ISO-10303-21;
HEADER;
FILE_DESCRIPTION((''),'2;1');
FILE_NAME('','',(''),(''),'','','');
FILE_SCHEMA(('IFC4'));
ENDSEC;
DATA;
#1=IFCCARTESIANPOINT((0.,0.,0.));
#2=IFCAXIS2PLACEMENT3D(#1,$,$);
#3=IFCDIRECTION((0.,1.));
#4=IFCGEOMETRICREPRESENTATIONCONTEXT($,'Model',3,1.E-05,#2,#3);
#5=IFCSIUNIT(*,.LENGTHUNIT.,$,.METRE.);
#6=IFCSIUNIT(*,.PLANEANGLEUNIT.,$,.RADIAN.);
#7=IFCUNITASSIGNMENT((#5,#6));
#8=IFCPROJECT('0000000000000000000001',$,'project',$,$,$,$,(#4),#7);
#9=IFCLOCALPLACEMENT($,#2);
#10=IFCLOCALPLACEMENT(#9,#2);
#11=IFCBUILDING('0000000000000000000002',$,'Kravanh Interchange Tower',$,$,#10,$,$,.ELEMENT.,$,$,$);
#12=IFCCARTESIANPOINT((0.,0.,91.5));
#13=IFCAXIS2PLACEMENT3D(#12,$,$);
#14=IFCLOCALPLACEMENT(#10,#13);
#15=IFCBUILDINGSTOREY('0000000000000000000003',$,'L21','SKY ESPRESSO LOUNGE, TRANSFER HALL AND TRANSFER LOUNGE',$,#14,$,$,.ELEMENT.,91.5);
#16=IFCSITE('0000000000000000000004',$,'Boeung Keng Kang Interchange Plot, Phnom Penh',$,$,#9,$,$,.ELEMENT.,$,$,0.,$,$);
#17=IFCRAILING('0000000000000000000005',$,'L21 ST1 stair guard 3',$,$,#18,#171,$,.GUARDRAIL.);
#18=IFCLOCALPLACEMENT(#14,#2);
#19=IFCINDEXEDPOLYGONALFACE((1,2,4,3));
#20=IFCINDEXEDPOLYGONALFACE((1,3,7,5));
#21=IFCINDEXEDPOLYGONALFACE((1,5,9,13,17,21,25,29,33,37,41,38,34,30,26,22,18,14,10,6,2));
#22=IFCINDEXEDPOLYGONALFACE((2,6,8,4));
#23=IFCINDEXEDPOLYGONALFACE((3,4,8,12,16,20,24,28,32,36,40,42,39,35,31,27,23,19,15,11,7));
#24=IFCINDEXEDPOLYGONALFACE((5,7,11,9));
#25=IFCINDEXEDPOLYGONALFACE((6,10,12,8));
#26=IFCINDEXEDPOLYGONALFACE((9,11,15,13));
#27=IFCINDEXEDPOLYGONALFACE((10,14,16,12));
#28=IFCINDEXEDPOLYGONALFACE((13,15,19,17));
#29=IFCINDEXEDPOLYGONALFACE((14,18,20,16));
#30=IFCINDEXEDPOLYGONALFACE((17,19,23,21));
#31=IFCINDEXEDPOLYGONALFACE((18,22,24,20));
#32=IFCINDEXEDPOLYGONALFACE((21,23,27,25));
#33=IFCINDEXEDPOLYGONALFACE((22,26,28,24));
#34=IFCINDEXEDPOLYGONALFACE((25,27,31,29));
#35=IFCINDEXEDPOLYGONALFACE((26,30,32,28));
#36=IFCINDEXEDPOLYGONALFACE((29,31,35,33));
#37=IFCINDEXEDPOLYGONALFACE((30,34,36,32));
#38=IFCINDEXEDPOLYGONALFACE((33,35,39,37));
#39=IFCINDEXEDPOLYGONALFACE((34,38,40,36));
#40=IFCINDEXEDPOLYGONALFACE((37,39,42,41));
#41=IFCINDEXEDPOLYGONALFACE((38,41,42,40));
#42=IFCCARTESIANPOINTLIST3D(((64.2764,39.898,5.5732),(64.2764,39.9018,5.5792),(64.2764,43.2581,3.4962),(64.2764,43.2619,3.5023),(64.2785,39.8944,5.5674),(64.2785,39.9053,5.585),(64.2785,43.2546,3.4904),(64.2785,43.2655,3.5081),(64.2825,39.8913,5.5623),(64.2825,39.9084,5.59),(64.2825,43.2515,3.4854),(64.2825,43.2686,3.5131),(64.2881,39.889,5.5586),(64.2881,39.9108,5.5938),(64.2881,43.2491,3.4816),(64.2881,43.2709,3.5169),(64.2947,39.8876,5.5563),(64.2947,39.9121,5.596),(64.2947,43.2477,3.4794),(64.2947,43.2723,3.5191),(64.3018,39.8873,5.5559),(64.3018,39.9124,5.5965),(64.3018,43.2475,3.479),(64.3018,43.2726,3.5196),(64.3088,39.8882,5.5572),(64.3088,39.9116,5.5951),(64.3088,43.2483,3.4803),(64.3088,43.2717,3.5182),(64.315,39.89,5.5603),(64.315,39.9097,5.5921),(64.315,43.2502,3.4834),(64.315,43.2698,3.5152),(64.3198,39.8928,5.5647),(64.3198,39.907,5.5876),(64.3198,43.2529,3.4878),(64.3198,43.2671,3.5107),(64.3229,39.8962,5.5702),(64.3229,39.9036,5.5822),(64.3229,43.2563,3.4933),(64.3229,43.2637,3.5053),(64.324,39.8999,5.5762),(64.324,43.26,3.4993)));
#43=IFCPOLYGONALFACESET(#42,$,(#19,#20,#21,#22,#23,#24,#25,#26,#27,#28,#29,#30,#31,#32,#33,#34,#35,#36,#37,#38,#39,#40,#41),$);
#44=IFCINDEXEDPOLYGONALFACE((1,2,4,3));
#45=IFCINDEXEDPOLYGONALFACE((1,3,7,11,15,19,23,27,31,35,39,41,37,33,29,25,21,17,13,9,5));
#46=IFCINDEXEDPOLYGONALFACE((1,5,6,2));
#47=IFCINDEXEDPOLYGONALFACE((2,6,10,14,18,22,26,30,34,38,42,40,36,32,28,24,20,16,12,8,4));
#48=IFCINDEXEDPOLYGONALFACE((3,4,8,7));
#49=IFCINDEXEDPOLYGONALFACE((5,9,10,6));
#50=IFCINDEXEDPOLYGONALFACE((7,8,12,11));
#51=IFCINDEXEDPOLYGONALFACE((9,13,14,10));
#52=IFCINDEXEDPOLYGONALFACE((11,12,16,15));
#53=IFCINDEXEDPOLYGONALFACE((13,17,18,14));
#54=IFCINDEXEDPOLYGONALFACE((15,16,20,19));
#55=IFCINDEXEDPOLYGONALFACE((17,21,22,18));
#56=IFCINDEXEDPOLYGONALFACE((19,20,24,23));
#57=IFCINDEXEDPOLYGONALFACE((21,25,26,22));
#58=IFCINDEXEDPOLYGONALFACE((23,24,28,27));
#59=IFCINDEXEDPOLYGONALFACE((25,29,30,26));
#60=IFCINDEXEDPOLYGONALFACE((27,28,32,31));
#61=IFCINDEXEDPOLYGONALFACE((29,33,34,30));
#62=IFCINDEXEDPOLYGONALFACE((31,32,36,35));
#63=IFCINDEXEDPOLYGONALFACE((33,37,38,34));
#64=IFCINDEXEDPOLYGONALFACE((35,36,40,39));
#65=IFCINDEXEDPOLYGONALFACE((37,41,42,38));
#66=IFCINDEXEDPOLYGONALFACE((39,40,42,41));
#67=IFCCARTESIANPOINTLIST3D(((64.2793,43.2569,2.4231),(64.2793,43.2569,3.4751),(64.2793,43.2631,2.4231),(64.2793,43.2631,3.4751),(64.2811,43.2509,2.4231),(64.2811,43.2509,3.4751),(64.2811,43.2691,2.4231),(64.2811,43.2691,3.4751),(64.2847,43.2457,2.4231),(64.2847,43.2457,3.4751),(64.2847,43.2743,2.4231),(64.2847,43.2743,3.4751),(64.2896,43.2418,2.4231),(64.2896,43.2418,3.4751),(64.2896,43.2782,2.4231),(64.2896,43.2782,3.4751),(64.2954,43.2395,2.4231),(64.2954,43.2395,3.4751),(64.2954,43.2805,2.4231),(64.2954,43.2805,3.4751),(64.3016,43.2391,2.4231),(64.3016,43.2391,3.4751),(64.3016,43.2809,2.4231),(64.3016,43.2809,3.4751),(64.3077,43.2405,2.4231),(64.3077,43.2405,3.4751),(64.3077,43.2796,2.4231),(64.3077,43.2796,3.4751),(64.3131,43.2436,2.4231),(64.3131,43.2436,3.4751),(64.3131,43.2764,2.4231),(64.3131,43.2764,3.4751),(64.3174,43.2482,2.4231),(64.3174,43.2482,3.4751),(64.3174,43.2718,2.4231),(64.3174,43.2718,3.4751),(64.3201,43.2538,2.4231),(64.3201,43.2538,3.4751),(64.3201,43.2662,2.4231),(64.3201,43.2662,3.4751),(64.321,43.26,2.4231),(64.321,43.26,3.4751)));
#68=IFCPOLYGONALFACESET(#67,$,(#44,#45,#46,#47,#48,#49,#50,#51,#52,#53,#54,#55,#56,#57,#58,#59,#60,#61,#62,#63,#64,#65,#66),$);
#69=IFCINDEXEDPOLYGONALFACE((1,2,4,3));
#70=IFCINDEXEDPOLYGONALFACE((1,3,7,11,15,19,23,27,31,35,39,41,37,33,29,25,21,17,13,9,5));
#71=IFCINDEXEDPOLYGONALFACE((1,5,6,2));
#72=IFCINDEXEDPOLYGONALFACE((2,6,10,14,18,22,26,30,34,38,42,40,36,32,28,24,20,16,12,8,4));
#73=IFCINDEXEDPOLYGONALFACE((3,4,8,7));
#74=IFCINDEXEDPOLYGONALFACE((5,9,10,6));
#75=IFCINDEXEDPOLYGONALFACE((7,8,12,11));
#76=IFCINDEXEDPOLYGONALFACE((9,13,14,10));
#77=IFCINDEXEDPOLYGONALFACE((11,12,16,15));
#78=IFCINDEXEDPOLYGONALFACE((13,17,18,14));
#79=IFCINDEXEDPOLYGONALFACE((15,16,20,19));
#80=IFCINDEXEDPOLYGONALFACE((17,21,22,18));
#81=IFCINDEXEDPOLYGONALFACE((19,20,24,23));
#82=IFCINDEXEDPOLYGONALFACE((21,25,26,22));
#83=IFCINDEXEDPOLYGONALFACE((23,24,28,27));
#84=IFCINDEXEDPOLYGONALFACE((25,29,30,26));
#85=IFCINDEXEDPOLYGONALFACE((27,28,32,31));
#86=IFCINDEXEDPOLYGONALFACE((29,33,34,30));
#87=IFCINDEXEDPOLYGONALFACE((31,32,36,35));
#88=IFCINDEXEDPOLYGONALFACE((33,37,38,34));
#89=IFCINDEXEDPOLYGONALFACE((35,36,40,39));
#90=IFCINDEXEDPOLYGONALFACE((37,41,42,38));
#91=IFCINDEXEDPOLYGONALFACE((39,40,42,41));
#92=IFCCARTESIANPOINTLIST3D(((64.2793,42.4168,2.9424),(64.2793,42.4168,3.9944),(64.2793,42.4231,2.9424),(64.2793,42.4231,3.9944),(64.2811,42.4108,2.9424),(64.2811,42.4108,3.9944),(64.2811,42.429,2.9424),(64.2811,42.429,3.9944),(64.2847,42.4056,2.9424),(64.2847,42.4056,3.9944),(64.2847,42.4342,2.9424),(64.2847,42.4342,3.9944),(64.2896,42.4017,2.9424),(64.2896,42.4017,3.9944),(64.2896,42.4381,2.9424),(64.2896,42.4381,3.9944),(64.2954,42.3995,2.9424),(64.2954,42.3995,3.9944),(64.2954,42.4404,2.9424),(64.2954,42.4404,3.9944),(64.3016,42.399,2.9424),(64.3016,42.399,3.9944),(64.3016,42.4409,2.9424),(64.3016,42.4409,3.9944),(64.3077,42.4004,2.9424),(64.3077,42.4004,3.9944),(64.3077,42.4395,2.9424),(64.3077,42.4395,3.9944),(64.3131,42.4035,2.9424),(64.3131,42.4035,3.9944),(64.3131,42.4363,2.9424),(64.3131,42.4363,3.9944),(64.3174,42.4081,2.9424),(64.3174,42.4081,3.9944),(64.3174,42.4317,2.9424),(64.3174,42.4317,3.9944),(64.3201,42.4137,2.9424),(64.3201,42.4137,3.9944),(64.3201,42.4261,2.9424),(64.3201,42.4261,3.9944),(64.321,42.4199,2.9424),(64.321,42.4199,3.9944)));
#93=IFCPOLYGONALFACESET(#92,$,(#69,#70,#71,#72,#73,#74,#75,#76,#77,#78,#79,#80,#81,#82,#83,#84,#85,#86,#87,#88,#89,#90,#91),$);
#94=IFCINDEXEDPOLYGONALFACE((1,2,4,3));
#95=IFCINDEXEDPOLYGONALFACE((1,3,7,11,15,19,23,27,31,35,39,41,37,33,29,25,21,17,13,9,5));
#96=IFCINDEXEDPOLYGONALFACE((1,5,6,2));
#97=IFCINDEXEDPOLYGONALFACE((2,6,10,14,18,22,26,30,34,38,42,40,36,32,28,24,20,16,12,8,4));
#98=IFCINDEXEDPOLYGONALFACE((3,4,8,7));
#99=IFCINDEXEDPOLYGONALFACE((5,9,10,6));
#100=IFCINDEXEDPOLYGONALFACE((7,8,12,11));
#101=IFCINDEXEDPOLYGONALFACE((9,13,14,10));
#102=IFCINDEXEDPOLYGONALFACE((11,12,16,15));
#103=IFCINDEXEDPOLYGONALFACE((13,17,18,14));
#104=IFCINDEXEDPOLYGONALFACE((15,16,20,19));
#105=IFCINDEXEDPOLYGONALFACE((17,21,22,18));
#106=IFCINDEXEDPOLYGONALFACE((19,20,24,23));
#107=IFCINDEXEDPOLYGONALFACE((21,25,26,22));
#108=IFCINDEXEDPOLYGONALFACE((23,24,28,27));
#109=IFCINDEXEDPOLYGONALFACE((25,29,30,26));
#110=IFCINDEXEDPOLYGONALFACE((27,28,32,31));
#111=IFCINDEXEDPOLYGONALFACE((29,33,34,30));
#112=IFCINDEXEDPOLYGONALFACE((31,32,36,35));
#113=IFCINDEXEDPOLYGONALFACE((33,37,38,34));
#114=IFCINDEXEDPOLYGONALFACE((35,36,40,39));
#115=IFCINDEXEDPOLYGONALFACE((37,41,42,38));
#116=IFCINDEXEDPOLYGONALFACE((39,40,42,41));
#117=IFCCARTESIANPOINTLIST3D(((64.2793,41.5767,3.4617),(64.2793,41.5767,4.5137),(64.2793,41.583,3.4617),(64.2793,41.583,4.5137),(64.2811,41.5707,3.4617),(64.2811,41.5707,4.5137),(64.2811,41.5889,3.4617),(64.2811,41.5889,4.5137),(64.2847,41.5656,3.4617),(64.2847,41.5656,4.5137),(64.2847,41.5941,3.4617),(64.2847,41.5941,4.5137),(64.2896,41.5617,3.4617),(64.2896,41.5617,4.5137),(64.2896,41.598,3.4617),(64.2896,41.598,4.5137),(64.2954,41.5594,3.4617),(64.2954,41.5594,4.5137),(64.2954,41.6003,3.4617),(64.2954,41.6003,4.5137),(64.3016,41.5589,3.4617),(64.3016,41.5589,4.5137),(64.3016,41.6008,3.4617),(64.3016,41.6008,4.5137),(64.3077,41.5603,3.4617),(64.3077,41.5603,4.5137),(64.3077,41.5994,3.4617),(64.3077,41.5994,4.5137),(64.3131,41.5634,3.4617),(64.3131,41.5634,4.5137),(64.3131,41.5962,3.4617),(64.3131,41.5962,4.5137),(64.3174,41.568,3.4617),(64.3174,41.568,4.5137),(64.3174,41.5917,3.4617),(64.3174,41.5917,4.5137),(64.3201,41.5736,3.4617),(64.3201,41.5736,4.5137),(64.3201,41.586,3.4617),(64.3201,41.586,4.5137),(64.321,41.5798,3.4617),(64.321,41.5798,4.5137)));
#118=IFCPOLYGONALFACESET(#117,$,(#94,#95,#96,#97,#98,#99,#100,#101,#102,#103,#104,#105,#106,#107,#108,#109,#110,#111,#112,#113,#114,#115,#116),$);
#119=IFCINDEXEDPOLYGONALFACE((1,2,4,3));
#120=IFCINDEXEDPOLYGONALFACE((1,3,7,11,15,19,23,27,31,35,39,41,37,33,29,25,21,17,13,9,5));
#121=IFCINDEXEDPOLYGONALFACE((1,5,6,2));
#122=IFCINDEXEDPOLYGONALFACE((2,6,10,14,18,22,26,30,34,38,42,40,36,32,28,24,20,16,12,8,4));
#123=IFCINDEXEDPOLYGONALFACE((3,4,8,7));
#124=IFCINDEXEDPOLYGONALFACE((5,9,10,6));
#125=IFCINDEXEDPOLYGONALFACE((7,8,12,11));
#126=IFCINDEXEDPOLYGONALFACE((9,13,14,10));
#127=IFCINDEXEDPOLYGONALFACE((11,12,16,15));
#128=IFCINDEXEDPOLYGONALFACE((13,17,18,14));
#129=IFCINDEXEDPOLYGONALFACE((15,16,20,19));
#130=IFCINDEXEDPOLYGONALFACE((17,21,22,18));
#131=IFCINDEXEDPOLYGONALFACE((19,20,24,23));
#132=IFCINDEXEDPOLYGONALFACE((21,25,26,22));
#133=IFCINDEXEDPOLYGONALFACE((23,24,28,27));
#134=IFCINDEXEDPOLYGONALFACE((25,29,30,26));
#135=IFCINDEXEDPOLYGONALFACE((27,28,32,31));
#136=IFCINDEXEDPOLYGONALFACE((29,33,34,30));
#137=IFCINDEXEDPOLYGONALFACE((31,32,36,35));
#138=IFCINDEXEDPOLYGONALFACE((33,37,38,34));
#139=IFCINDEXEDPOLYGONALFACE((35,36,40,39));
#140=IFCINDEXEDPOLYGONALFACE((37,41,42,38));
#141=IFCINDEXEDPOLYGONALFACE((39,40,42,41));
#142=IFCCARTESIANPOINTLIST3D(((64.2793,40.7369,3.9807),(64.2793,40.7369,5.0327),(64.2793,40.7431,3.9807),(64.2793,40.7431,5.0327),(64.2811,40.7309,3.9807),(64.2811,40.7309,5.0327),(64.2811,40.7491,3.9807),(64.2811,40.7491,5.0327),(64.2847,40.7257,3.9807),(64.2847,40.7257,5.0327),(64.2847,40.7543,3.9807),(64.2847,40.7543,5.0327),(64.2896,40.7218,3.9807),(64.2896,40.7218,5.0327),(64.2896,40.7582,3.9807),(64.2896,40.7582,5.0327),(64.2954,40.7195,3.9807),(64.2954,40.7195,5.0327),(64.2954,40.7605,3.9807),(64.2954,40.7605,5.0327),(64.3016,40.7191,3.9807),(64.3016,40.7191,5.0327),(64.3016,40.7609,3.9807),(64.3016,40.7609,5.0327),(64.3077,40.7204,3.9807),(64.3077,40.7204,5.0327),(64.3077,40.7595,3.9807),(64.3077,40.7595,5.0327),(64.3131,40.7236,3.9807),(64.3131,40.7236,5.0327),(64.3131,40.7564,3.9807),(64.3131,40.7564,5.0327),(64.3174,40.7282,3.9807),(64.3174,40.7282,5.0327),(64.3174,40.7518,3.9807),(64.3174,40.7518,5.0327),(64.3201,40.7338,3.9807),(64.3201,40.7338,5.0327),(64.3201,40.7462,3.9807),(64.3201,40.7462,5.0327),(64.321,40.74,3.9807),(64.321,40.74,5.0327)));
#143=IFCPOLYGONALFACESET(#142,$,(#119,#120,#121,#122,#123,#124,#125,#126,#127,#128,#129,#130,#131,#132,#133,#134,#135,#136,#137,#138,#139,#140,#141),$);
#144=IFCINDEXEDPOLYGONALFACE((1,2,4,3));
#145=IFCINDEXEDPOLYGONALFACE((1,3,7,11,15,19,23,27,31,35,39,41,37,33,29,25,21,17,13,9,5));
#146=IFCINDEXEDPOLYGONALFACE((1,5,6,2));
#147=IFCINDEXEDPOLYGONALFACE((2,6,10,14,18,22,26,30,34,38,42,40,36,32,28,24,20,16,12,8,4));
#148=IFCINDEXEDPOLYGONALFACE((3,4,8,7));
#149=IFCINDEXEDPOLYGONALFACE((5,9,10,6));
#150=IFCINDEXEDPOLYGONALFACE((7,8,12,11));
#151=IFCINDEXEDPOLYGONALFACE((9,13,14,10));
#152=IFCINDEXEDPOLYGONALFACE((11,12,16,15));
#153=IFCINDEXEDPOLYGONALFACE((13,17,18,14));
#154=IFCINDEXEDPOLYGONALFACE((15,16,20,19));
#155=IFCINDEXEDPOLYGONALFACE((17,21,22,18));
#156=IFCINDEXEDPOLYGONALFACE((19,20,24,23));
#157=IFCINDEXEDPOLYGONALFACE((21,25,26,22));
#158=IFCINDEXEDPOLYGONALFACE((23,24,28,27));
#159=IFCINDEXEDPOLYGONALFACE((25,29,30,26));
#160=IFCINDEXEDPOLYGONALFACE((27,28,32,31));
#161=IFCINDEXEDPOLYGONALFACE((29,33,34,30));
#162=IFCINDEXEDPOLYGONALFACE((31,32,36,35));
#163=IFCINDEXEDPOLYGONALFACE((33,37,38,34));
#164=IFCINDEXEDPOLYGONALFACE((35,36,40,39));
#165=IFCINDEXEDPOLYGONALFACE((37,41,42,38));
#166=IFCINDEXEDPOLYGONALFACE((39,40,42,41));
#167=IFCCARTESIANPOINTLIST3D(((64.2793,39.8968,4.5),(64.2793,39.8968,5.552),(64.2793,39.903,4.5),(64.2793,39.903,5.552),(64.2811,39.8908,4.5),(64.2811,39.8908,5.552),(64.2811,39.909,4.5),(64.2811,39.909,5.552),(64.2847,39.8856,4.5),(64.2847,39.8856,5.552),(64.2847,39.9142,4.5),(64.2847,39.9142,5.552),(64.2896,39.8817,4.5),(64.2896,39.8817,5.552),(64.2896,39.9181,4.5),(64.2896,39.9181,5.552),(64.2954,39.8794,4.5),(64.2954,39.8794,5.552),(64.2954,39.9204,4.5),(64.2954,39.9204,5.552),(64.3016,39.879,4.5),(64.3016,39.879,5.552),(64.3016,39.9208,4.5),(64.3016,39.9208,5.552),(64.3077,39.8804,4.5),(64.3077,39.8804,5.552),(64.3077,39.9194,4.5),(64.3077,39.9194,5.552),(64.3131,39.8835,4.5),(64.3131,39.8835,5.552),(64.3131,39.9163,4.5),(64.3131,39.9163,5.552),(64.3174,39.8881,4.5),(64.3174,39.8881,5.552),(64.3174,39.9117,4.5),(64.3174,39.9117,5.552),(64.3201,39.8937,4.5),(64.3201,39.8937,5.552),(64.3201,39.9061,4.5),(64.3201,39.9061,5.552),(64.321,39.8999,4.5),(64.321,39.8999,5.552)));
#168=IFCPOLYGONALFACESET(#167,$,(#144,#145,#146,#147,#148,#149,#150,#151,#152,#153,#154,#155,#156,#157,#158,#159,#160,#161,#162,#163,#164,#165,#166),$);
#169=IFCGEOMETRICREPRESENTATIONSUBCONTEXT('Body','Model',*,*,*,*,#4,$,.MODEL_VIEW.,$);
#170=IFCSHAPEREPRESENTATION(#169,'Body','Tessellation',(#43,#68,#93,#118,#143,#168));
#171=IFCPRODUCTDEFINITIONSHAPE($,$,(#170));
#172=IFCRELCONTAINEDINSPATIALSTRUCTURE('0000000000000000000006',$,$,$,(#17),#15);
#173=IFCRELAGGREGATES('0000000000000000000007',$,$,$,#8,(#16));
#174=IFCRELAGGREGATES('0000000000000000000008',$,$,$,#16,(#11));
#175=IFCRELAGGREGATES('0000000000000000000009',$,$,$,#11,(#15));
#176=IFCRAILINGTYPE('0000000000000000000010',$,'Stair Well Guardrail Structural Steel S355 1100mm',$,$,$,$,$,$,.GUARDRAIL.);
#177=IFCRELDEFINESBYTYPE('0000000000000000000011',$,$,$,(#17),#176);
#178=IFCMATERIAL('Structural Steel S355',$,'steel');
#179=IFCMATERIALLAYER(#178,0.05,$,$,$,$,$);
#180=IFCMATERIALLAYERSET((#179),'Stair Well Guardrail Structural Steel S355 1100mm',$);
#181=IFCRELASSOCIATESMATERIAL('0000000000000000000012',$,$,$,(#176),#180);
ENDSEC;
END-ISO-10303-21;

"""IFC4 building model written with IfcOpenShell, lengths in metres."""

from ifc_helpers import new_model, si_unit, direction, frame, origin, origin_2d, place, context, subcontext, project, spatial, circle, extrude, material, layer, layer_set, type_object, element, save


model = new_model("IFC4")

# Units and contexts
model_context = context("Model", 3, precision=1e-05, world=origin(), true_north=direction((0.0, 1.0)))
body_context = subcontext(model_context, "Body", "Model", "MODEL_VIEW")
ifc_project = project(units=[si_unit("LENGTHUNIT", "METRE"), si_unit("PLANEANGLEUNIT", "RADIAN")], contexts=[model_context])

# Site, building, storey
site_placement = place(None, origin())
site = spatial("IfcSite", under=ifc_project, at=site_placement, Name="Boeung Keng Kang Interchange Plot, Phnom Penh", CompositionType="ELEMENT", RefElevation=0.0)
building_placement = place(site_placement, origin())
building = spatial("IfcBuilding", under=site, at=building_placement, Name="Kravanh Interchange Tower", CompositionType="ELEMENT")
storey_placement = place(building_placement, frame((0.0, 0.0, 91.5)))
storey = spatial("IfcBuildingStorey", under=building, at=storey_placement, Name="L21", Description="SKY ESPRESSO LOUNGE, TRANSFER HALL AND TRANSFER LOUNGE", CompositionType="ELEMENT", Elevation=91.5)

# Railing
ifc_material_1 = material(Name="Structural Steel S355", Category="steel")
ifc_layer_1 = layer(ifc_material_1, 0.05)
ifc_layer_set_1 = layer_set([ifc_layer_1], Name="Stair Well Guardrail Structural Steel S355 1100mm")
railing_type_1 = type_object("IfcRailingType", Name="Stair Well Guardrail Structural Steel S355 1100mm", PredefinedType="GUARDRAIL", material=ifc_layer_set_1)
railing_1_placement = place(storey_placement, frame((64.3, 43.26, 2.4231)))
element("IfcRailing", 1, at=railing_1_placement, inside=storey, type_object=railing_type_1, Name="L21 ST1 stair guard 3", PredefinedType="GUARDRAIL", context=body_context, shape_type="SweptSolid", body=[
    extrude(circle(Radius=0.0239, at=origin_2d()), frame((0.0, 0.0, 1.0762), z_axis=(0.0, -0.850623, 0.525776), x_axis=(1.0, 0.0, 0.0)), (0.0, 0.0, 1.0), 3.9502),
    extrude(circle(Radius=0.021, at=origin_2d()), origin(), (0.0, 0.0, 1.0), 1.052),
    extrude(circle(Radius=0.021, at=origin_2d()), frame((0.0, -0.8401, 0.5193)), (0.0, 0.0, 1.0), 1.052),
    extrude(circle(Radius=0.021, at=origin_2d()), frame((0.0, -1.6802, 1.0386)), (0.0, 0.0, 1.0), 1.052),
    extrude(circle(Radius=0.021, at=origin_2d()), frame((0.0, -2.52, 1.5576)), (0.0, 0.0, 1.0), 1.052),
    extrude(circle(Radius=0.021, at=origin_2d()), frame((0.0, -3.3601, 2.0769)), (0.0, 0.0, 1.0), 1.052),
])

save(model, "model.ifc")
